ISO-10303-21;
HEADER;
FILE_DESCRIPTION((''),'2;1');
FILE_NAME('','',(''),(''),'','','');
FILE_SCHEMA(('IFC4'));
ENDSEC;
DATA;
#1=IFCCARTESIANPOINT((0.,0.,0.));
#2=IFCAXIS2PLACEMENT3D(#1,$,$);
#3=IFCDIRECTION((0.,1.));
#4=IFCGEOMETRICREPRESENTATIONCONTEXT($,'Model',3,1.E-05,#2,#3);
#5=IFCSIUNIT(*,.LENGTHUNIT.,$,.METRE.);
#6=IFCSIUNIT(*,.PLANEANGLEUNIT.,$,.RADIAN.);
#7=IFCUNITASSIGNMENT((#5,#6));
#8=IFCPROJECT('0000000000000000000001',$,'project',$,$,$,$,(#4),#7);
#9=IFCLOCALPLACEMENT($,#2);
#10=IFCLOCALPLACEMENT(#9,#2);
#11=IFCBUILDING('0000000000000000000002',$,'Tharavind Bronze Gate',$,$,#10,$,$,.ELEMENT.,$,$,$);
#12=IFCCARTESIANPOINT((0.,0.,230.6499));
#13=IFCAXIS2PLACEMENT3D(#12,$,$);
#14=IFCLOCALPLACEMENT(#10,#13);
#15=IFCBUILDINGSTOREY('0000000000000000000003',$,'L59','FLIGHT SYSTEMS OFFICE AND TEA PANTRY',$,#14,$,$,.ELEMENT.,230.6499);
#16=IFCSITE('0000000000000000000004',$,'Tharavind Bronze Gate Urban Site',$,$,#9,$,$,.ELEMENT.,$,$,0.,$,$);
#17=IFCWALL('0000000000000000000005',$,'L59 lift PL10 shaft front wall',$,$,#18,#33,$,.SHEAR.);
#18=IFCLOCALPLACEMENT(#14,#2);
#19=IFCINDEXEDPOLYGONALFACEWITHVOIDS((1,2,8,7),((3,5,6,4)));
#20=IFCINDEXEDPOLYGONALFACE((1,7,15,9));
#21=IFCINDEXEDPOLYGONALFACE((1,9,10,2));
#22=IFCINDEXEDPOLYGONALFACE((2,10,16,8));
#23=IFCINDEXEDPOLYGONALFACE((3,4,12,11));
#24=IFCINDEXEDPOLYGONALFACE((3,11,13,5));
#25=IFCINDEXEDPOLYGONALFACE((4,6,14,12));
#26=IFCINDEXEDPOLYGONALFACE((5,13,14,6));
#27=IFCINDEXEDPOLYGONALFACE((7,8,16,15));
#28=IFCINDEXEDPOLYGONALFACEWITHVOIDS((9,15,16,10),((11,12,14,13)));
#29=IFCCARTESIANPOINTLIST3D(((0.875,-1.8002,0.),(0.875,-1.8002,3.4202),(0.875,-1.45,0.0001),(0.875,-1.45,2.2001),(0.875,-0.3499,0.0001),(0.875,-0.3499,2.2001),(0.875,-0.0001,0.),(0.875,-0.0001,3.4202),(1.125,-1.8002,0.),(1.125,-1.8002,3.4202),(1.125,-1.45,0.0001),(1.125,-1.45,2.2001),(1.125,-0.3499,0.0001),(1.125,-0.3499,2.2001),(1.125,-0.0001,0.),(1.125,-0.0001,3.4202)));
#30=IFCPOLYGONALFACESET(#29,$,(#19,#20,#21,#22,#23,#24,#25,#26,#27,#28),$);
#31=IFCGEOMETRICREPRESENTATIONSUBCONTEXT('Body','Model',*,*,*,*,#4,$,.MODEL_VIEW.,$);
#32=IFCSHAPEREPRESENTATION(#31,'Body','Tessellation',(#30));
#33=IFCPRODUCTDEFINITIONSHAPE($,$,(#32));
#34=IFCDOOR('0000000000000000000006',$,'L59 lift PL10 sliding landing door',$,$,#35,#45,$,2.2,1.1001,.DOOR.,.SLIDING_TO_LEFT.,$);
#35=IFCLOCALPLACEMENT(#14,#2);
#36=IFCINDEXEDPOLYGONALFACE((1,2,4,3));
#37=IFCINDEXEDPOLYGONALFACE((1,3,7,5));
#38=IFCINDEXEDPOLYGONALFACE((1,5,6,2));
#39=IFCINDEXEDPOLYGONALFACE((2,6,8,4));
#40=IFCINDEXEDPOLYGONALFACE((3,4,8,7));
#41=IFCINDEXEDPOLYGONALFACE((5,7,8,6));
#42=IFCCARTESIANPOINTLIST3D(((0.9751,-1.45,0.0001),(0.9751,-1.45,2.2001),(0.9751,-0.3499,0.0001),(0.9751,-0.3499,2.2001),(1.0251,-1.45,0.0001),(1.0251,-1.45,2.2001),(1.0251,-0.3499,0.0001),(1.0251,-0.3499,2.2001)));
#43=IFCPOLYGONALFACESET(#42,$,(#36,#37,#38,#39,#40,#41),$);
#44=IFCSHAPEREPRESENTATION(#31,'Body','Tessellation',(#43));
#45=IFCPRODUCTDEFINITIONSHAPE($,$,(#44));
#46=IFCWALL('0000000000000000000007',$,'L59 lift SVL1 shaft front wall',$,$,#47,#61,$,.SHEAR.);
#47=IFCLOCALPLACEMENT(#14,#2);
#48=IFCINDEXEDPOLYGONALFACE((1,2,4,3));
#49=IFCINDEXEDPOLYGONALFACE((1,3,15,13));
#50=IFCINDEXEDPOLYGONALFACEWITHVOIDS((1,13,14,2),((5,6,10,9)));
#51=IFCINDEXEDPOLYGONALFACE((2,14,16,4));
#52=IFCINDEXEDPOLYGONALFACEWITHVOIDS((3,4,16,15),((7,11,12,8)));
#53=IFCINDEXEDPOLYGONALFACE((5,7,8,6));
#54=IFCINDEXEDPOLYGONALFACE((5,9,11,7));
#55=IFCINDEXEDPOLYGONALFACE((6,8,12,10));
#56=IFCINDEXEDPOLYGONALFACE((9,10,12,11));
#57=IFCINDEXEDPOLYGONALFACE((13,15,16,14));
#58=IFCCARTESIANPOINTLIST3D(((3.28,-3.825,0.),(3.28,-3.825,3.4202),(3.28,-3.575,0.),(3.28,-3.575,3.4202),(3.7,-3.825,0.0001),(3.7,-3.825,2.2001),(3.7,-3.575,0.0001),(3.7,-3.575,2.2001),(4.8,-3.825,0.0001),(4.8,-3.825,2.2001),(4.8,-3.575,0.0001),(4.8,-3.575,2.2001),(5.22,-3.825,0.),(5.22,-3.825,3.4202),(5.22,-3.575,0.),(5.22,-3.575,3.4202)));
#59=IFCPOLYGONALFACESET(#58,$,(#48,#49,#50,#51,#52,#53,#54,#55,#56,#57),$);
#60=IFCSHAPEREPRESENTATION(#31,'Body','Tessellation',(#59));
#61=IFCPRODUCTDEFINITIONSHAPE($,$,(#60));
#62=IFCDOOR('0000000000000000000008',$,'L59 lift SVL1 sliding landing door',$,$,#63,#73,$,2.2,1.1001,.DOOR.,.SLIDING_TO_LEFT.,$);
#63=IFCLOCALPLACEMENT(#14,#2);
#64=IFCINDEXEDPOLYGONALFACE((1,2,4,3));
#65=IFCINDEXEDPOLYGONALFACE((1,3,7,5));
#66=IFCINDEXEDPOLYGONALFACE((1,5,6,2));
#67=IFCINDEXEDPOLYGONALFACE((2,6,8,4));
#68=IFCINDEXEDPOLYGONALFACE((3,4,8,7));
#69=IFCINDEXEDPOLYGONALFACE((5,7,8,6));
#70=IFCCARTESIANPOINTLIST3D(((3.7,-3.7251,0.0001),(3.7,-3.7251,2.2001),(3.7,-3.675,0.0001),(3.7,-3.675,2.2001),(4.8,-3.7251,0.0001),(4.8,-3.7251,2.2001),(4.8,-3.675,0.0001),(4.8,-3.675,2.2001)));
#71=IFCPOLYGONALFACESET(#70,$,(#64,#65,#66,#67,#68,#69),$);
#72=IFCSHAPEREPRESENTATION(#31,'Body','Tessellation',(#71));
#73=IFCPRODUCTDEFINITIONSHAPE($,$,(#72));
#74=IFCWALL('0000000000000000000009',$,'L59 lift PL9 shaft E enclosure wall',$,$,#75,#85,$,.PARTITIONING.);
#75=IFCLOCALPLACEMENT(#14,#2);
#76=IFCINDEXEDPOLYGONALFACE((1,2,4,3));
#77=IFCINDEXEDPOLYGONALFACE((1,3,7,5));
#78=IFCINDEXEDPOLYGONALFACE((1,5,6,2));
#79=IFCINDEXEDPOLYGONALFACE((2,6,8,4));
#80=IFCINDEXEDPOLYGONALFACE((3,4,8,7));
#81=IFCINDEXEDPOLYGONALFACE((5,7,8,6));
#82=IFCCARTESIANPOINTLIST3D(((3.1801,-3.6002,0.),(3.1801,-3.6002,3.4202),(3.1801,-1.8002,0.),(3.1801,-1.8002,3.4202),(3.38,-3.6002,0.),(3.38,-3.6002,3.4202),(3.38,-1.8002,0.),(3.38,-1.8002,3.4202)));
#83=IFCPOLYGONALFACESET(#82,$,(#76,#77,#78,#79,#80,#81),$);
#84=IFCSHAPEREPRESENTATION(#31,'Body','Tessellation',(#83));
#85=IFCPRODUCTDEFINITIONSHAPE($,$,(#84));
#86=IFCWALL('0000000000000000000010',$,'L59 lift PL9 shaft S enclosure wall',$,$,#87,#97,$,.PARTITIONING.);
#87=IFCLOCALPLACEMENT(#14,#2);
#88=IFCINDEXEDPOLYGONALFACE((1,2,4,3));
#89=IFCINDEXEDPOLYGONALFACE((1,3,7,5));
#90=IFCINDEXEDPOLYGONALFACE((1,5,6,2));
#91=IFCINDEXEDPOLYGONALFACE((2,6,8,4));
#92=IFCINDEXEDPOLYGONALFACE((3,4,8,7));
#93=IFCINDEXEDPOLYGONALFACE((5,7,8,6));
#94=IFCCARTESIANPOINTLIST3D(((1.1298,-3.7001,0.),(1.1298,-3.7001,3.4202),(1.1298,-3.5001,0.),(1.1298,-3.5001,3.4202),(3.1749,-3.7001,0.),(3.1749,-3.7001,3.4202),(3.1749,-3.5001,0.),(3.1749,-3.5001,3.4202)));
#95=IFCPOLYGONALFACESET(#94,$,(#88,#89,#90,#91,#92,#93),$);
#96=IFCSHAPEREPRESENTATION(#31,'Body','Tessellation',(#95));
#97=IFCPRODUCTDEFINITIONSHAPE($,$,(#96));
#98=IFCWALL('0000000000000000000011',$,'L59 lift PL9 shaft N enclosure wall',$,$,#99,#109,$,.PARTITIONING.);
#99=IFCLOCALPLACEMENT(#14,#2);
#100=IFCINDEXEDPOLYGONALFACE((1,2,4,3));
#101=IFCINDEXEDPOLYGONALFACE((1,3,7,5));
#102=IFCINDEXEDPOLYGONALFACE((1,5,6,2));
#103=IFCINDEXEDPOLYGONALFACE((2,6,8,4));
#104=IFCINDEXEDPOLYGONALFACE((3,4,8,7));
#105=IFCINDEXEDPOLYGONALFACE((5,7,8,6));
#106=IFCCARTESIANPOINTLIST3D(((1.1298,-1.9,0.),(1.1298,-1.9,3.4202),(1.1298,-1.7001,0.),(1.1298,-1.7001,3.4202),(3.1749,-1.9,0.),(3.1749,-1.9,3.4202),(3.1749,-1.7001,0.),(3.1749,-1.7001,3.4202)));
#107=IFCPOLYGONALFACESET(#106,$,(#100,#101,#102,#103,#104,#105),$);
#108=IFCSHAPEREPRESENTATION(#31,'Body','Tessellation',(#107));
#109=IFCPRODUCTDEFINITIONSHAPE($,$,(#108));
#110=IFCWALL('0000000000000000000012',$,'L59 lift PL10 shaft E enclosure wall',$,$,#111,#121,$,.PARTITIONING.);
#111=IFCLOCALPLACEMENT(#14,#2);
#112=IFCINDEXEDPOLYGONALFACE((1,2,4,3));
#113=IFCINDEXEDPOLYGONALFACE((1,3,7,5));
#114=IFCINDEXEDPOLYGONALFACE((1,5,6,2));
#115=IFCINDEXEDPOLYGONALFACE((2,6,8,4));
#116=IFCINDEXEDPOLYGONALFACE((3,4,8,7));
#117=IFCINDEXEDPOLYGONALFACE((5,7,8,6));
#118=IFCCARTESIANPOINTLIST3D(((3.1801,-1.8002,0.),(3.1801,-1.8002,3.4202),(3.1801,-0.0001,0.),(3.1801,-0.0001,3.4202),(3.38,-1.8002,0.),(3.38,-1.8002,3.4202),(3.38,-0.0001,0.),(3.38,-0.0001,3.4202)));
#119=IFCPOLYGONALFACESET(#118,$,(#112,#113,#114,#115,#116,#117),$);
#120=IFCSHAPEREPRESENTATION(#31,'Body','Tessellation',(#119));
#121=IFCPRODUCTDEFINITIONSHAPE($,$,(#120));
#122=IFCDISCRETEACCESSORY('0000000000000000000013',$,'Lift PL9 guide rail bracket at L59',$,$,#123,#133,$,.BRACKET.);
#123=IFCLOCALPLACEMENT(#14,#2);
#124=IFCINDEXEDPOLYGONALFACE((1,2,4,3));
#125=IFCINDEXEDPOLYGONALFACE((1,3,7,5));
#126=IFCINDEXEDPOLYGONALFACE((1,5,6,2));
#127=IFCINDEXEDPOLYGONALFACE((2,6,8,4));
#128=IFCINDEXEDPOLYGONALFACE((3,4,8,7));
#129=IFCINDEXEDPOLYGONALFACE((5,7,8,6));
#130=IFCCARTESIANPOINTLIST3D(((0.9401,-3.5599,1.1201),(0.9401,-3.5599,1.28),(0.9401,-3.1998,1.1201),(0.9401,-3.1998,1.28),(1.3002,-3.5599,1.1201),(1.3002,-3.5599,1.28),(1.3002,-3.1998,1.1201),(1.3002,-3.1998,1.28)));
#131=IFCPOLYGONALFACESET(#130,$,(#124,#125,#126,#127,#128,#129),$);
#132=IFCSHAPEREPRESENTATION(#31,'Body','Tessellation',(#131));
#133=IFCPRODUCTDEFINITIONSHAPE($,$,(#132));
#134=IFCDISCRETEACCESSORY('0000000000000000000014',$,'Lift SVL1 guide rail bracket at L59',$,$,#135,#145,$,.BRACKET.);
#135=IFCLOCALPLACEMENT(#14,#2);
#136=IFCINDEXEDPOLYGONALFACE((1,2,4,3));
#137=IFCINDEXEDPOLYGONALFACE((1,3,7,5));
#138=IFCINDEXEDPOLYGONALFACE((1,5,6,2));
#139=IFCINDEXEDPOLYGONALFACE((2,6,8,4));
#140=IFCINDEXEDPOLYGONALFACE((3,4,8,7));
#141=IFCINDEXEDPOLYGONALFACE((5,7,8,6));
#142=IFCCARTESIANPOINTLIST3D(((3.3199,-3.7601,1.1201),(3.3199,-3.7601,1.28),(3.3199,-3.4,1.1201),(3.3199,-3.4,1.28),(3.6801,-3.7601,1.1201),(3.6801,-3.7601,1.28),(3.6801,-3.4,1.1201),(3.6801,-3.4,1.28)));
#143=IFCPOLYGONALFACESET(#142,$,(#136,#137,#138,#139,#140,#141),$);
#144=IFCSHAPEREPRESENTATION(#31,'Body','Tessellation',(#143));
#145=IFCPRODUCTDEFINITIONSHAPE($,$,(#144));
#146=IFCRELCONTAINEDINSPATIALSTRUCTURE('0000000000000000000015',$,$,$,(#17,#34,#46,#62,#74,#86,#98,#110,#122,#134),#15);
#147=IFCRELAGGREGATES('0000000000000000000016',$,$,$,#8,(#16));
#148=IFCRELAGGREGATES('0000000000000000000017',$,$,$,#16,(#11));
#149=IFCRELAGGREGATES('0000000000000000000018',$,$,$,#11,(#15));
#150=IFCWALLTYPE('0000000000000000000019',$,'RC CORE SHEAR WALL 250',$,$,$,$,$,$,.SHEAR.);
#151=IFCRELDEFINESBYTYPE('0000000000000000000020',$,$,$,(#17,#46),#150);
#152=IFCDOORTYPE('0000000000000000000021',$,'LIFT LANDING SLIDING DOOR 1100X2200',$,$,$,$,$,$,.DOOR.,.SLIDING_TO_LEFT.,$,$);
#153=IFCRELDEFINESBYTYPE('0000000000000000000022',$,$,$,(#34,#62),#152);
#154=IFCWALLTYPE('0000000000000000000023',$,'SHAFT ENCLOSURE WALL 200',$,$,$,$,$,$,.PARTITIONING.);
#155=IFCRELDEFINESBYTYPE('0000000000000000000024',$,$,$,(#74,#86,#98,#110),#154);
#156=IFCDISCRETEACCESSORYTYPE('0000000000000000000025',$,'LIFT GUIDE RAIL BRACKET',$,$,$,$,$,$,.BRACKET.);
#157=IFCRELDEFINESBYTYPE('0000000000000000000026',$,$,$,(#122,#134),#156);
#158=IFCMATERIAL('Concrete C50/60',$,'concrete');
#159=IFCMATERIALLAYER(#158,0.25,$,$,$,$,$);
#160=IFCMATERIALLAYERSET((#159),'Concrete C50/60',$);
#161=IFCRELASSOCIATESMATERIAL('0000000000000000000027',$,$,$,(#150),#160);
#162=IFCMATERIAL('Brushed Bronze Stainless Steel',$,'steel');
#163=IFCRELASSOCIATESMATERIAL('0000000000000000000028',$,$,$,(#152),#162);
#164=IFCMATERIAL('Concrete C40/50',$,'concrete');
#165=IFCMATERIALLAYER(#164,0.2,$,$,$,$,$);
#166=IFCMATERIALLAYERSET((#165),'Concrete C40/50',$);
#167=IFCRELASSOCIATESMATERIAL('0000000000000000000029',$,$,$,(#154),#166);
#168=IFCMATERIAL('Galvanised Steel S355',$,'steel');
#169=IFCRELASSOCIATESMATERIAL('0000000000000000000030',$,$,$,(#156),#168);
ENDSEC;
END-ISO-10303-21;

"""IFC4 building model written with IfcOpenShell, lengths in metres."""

from ifc_helpers import new_model, si_unit, direction, frame, frame_2d, origin, origin_2d, place, context, subcontext, project, spatial, rectangle, extrude, material, layer, layer_set, type_object, element, fill, save


model = new_model("IFC4")

# Units and contexts
model_context = context("Model", 3, precision=1e-05, world=origin(), true_north=direction((0.0, 1.0)))
body_context = subcontext(model_context, "Body", "Model", "MODEL_VIEW")
ifc_project = project(units=[si_unit("LENGTHUNIT", "METRE"), si_unit("PLANEANGLEUNIT", "RADIAN")], contexts=[model_context])

# Site, building, storey
site_placement = place(None, origin())
site = spatial("IfcSite", under=ifc_project, at=site_placement, Name="Tharavind Bronze Gate Urban Site", CompositionType="ELEMENT", RefElevation=0.0)
building_placement = place(site_placement, origin())
building = spatial("IfcBuilding", under=site, at=building_placement, Name="Tharavind Bronze Gate", CompositionType="ELEMENT")
storey_placement = place(building_placement, frame((0.0, 0.0, 230.6499)))
storey = spatial("IfcBuildingStorey", under=building, at=storey_placement, Name="L59", Description="FLIGHT SYSTEMS OFFICE AND TEA PANTRY", CompositionType="ELEMENT", Elevation=230.6499)

# Shared definitions
ifc_material_1 = material(Name="Concrete C50/60", Category="concrete")

# Shared definitions
ifc_layer_1 = layer(ifc_material_1, 0.25)
ifc_layer_set_1 = layer_set([ifc_layer_1], Name="Concrete C50/60")
wall_type_1 = type_object("IfcWallType", Name="RC CORE SHEAR WALL 250", PredefinedType="SHEAR", material=ifc_layer_set_1)

# Walls, openings, doors
ifc_material_2 = material(Name="Brushed Bronze Stainless Steel", Category="steel")
door_type = type_object("IfcDoorType", Name="LIFT LANDING SLIDING DOOR 1100X2200", OperationType="SLIDING_TO_LEFT", PredefinedType="DOOR", material=ifc_material_2)
wall_1_placement = place(storey_placement, frame((1.0, -1.8, 0.0), z_axis=(0.0, 0.0, 1.0), x_axis=(0.0, 1.0, 0.0)))
wall_1 = element("IfcWall", 1, at=wall_1_placement, inside=storey, type_object=wall_type_1, Name="L59 lift PL10 shaft front wall", PredefinedType="SHEAR", context=body_context, shape_type="SweptSolid", body=[
    extrude(rectangle(XDim=1.8, YDim=0.25, at=frame_2d((0.8999, 0.0))), origin(), (0.0, 0.0, 1.0), 3.4202),
])
opening_1_placement = place(wall_1_placement, frame((0.3501, 0.0, 0.0)))
opening_1 = element("IfcOpeningElement", 2, at=opening_1_placement, cuts=wall_1, PredefinedType="OPENING", context=body_context, shape_type="SweptSolid", body=[
    extrude(rectangle(XDim=1.1001, YDim=2.2, at=frame_2d((0.55, 1.1001))), frame((0.0, 0.135, 0.0), z_axis=(0.0, -1.0, 0.0), x_axis=(1.0, 0.0, 0.0)), (0.0, 0.0, 1.0), 0.27),
])
door_1_placement = place(opening_1_placement, origin())
door_1 = element("IfcDoor", 3, at=door_1_placement, inside=storey, type_object=door_type, Name="L59 lift PL10 sliding landing door", OperationType="SLIDING_TO_LEFT", OverallHeight=2.2, OverallWidth=1.1001, PredefinedType="DOOR", context=body_context, shape_type="SweptSolid", body=[
    extrude(rectangle(XDim=1.1001, YDim=2.2, at=frame_2d((0.55, 1.1001))), frame((0.0, 0.0249, 0.0), z_axis=(0.0, -1.0, 0.0), x_axis=(1.0, 0.0, 0.0)), (0.0, 0.0, 1.0), 0.05),
])
fill(opening_1, door_1)
wall_2_placement = place(storey_placement, frame((3.28, -3.7, 0.0), z_axis=(0.0, 0.0, 1.0), x_axis=(1.0, 0.0, 0.0)))
wall_2 = element("IfcWall", 4, at=wall_2_placement, inside=storey, type_object=wall_type_1, Name="L59 lift SVL1 shaft front wall", PredefinedType="SHEAR", context=body_context, shape_type="SweptSolid", body=[
    extrude(rectangle(XDim=1.9399, YDim=0.25, at=frame_2d((0.97, 0.0))), origin(), (0.0, 0.0, 1.0), 3.4202),
])
opening_2_placement = place(wall_2_placement, frame((0.4199, 0.0, 0.0)))
opening_2 = element("IfcOpeningElement", 5, at=opening_2_placement, cuts=wall_2, PredefinedType="OPENING", context=body_context, shape_type="SweptSolid", body=[
    extrude(rectangle(XDim=1.1001, YDim=2.2, at=frame_2d((0.55, 1.1001))), frame((0.0, 0.135, 0.0), z_axis=(0.0, -1.0, 0.0), x_axis=(1.0, 0.0, 0.0)), (0.0, 0.0, 1.0), 0.27),
])
door_2_placement = place(opening_2_placement, origin())
door_2 = element("IfcDoor", 6, at=door_2_placement, inside=storey, type_object=door_type, Name="L59 lift SVL1 sliding landing door", OperationType="SLIDING_TO_LEFT", OverallHeight=2.2, OverallWidth=1.1001, PredefinedType="DOOR", context=body_context, shape_type="SweptSolid", body=[
    extrude(rectangle(XDim=1.1001, YDim=2.2, at=frame_2d((0.55, 1.1001))), frame((0.0, 0.0249, 0.0), z_axis=(0.0, -1.0, 0.0), x_axis=(1.0, 0.0, 0.0)), (0.0, 0.0, 1.0), 0.05),
])
fill(opening_2, door_2)

# Walls
ifc_material_3 = material(Name="Concrete C40/50", Category="concrete")
ifc_layer_2 = layer(ifc_material_3, 0.2)
ifc_layer_set_2 = layer_set([ifc_layer_2], Name="Concrete C40/50")
wall_type_2 = type_object("IfcWallType", Name="SHAFT ENCLOSURE WALL 200", PredefinedType="PARTITIONING", material=ifc_layer_set_2)
wall_3_placement = place(storey_placement, frame((3.28, -3.6001, 0.0), z_axis=(0.0, 0.0, 1.0), x_axis=(0.0, 1.0, 0.0)))
element("IfcWall", 7, at=wall_3_placement, inside=storey, type_object=wall_type_2, Name="L59 lift PL9 shaft E enclosure wall", PredefinedType="PARTITIONING", context=body_context, shape_type="SweptSolid", body=[
    extrude(rectangle(XDim=1.8, YDim=0.2, at=frame_2d((0.8999, 0.0))), origin(), (0.0, 0.0, 1.0), 3.4202),
])
for number, where, z_axis, x_axis, name in (
    (8, (1.1299, -3.6001, 0.0), (0.0, 0.0, 1.0), (1.0, 0.0, 0.0), "L59 lift PL9 shaft S enclosure wall"),
    (9, (1.1299, -1.8, 0.0), (0.0, 0.0, 1.0), (1.0, 0.0, 0.0), "L59 lift PL9 shaft N enclosure wall"),
):
    element("IfcWall", number, at=place(storey_placement, frame(where, z_axis=z_axis, x_axis=x_axis)), inside=storey, type_object=wall_type_2, Name=name, PredefinedType="PARTITIONING", context=body_context, shape_type="SweptSolid", body=[
        extrude(rectangle(XDim=2.0452, YDim=0.2, at=frame_2d((1.0225, 0.0))), origin(), (0.0, 0.0, 1.0), 3.4202),
    ])
wall_4_placement = place(storey_placement, frame((3.28, -1.8, 0.0), z_axis=(0.0, 0.0, 1.0), x_axis=(0.0, 1.0, 0.0)))
element("IfcWall", 10, at=wall_4_placement, inside=storey, type_object=wall_type_2, Name="L59 lift PL10 shaft E enclosure wall", PredefinedType="PARTITIONING", context=body_context, shape_type="SweptSolid", body=[
    extrude(rectangle(XDim=1.8, YDim=0.2, at=frame_2d((0.8999, 0.0))), origin(), (0.0, 0.0, 1.0), 3.4202),
])

# Discrete accessories
ifc_material_4 = material(Name="Galvanised Steel S355", Category="steel")
discrete_accessory_type = type_object("IfcDiscreteAccessoryType", Name="LIFT GUIDE RAIL BRACKET", PredefinedType="BRACKET", material=ifc_material_4)
for number, where, z_axis, x_axis, name in (
    (11, (1.1201, -3.3799, 1.1201), (0.0, 0.0, 1.0), (1.0, 0.0, 0.0), "Lift PL9 guide rail bracket at L59"),
    (12, (3.5, -3.5801, 1.1201), (0.0, 0.0, 1.0), (1.0, 0.0, 0.0), "Lift SVL1 guide rail bracket at L59"),
):
    element("IfcDiscreteAccessory", number, at=place(storey_placement, frame(where, z_axis=z_axis, x_axis=x_axis)), inside=storey, type_object=discrete_accessory_type, Name=name, PredefinedType="BRACKET", context=body_context, shape_type="SweptSolid", body=[
        extrude(rectangle(XDim=0.3601, YDim=0.3601, at=origin_2d()), origin(), (0.0, 0.0, 1.0), 0.1599),
    ])

save(model, "model.ifc")
